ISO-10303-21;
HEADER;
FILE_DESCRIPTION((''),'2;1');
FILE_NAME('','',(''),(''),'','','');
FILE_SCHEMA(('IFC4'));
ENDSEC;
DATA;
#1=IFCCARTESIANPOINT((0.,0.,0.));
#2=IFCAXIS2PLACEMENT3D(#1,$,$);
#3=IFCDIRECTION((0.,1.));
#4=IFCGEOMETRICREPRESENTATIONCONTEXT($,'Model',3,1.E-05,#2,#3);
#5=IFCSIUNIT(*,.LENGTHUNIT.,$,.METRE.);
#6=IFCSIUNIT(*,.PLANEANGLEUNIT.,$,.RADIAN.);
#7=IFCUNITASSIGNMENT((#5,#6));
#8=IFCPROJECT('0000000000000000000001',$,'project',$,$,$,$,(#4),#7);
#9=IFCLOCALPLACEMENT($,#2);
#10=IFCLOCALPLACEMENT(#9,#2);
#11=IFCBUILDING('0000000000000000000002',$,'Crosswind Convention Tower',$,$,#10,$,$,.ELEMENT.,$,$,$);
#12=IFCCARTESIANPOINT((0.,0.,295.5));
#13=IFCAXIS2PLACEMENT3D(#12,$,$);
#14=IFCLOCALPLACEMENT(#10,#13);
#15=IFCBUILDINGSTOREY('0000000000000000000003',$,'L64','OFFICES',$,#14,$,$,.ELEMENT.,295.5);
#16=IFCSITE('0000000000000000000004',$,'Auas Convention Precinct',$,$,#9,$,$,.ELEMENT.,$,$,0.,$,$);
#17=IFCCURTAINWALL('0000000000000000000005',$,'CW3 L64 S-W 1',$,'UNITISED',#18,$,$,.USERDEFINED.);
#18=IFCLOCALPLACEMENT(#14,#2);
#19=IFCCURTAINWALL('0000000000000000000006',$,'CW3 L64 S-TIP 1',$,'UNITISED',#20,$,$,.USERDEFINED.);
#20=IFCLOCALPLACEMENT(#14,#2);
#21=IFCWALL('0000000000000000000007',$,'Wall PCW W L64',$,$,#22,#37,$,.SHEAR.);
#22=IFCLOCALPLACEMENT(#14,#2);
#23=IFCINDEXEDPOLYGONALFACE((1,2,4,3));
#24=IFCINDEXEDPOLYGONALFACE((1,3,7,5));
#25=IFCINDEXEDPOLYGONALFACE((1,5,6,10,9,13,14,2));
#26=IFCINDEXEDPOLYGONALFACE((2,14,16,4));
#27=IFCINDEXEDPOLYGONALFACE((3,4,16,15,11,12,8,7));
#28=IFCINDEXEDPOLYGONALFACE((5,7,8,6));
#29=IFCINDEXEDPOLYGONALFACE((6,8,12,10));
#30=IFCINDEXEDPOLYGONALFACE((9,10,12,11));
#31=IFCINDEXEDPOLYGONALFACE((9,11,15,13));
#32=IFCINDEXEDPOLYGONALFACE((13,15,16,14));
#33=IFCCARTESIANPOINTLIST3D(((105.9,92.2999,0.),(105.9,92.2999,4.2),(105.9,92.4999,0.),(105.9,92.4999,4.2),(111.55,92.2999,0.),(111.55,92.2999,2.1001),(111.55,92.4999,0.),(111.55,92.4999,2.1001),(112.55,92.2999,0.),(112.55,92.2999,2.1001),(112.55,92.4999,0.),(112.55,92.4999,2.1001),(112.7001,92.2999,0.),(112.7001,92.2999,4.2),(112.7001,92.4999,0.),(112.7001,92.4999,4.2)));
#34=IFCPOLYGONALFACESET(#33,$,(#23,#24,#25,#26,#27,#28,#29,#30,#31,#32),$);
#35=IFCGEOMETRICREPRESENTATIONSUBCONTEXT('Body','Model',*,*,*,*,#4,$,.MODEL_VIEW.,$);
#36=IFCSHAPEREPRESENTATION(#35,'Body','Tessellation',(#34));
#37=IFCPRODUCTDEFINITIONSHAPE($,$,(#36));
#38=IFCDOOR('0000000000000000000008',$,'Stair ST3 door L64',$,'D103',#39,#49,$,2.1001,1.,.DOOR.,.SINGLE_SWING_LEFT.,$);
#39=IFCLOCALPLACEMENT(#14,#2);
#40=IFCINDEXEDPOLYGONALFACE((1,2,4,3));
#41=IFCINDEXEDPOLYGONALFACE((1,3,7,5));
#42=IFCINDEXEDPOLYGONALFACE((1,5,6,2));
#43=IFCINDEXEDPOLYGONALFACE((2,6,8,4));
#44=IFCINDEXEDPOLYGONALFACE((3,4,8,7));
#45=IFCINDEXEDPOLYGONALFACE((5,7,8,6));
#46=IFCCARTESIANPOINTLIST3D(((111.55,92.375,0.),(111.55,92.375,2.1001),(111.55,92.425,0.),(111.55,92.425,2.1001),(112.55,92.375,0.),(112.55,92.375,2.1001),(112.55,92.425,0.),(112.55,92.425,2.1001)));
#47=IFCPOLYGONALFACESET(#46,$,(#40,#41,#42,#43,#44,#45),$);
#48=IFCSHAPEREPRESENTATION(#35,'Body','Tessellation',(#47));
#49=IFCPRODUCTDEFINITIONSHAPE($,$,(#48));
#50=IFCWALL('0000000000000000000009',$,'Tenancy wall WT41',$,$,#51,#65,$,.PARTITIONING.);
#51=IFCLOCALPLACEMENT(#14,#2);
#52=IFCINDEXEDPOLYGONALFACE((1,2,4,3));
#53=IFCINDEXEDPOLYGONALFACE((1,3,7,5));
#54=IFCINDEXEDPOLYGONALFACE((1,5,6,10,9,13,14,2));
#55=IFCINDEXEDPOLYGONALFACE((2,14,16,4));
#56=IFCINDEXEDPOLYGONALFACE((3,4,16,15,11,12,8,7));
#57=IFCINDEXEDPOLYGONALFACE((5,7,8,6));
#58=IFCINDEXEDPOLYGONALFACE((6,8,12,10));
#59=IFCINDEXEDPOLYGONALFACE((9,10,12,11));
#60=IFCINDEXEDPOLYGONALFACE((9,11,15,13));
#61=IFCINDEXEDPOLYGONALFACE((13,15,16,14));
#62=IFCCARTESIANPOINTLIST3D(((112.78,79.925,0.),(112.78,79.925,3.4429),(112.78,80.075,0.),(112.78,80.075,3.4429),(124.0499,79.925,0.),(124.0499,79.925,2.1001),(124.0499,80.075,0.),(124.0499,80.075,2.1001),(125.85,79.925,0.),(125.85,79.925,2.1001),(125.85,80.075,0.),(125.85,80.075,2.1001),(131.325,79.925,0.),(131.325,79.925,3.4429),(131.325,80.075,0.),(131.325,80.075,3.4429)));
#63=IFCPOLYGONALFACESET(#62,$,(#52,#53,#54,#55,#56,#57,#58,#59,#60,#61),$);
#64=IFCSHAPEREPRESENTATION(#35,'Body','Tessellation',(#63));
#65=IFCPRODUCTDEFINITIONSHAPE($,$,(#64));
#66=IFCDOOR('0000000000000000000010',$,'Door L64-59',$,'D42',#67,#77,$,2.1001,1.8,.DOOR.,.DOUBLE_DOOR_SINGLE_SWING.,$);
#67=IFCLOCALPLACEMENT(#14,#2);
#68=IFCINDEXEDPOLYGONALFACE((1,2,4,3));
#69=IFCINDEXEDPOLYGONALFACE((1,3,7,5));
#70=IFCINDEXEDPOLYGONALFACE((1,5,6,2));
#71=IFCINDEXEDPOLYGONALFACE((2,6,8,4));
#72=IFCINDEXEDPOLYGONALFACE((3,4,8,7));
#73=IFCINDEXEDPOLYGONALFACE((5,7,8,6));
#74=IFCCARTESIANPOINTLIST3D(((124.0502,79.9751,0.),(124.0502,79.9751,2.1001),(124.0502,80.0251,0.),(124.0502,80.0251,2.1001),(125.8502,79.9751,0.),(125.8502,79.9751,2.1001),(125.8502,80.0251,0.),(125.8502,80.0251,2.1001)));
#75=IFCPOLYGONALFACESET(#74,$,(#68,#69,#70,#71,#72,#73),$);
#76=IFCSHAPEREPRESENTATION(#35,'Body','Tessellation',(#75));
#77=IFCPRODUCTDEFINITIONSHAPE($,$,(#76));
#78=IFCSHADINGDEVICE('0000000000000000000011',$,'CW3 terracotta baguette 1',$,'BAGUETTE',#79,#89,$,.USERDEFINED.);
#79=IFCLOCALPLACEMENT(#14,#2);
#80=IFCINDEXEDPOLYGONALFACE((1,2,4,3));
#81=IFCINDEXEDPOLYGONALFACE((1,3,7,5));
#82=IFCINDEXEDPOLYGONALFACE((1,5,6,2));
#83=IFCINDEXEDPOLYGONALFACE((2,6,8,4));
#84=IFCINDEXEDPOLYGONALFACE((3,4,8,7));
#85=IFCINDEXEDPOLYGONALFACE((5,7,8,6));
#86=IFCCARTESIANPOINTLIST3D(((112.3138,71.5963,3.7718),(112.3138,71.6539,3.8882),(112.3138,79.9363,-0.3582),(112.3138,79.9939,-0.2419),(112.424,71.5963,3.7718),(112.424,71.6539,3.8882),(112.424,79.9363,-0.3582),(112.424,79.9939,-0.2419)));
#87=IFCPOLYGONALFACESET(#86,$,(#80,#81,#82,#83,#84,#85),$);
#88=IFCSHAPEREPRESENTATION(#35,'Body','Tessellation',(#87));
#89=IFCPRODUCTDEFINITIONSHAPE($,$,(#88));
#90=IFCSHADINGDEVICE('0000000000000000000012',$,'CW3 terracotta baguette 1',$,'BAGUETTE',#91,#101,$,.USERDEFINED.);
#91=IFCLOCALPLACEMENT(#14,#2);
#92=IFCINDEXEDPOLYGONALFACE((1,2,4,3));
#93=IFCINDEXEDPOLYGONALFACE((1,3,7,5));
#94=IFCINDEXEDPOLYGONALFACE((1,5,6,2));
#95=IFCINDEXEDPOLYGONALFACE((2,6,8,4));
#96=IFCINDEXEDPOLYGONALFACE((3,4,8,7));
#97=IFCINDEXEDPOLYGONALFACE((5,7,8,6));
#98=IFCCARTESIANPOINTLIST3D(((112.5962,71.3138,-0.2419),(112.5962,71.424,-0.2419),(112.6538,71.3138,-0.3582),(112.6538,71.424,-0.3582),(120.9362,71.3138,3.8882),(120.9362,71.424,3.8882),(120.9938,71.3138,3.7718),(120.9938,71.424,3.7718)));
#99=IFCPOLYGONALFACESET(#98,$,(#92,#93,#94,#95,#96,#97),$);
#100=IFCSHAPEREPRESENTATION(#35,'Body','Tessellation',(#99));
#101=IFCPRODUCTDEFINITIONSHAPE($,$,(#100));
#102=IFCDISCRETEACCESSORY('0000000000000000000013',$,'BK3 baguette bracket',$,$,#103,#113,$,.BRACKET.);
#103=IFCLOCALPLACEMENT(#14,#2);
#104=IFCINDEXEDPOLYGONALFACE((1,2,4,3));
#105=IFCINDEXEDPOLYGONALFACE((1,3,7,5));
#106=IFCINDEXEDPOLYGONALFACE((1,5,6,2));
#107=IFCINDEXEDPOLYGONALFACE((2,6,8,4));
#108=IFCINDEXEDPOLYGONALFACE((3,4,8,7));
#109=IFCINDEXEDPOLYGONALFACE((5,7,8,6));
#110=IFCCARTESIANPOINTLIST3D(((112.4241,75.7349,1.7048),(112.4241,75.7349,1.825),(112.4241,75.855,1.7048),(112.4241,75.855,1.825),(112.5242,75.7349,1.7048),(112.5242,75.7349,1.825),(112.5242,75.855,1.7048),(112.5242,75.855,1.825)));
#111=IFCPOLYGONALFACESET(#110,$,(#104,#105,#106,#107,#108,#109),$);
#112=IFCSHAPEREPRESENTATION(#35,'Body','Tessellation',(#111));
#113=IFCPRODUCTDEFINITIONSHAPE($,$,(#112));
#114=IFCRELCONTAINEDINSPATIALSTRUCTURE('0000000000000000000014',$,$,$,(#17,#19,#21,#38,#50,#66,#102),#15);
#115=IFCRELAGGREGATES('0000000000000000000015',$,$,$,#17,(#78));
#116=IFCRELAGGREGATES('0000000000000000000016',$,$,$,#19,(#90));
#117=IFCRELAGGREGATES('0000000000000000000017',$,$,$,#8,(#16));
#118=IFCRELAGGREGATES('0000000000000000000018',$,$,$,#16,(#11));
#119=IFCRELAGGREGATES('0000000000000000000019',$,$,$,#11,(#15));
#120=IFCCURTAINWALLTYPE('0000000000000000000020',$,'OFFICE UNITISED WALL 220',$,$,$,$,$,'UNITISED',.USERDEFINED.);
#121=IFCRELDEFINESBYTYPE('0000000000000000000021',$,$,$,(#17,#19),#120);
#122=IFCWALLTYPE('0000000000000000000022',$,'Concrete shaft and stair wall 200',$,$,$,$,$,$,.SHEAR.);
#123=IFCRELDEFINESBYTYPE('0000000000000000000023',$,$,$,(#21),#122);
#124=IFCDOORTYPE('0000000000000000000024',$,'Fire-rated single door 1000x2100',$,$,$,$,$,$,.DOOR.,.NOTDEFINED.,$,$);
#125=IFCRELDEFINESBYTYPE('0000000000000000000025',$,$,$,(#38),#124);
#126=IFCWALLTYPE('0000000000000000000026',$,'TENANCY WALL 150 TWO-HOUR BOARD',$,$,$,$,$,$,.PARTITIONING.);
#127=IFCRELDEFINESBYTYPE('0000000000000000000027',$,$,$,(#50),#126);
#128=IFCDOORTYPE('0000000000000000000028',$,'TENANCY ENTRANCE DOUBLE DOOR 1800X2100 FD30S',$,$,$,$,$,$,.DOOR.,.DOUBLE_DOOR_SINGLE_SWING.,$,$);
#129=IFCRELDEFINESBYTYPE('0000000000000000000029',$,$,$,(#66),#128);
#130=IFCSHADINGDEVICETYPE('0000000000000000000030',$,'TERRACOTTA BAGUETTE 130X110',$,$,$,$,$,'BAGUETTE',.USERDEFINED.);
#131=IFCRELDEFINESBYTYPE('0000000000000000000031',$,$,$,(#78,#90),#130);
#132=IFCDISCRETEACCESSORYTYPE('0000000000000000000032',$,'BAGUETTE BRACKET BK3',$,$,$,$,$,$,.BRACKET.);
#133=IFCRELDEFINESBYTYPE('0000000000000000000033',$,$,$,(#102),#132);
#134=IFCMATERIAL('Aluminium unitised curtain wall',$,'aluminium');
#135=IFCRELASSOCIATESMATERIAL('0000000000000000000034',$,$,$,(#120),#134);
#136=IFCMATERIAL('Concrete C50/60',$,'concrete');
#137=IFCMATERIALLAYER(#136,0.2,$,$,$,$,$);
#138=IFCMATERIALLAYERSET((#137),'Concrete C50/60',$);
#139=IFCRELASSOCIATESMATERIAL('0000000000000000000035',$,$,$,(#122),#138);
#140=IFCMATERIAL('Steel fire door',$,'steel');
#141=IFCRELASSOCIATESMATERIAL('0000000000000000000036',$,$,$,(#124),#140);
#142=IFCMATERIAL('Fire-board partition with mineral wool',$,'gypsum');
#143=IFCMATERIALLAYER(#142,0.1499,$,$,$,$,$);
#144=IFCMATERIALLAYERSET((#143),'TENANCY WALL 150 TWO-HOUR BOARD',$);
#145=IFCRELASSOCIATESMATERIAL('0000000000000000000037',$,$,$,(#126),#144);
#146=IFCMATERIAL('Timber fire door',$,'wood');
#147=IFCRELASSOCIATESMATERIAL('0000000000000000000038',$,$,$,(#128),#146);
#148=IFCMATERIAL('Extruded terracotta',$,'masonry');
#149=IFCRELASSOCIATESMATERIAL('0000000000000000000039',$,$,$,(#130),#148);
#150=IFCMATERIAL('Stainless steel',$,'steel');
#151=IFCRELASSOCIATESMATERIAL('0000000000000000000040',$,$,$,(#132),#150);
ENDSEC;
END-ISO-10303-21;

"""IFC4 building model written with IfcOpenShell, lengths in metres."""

from ifc_helpers import new_model, si_unit, direction, frame, frame_2d, origin, origin_2d, place, context, subcontext, project, spatial, rectangle, extrude, material, layer, layer_set, material_profile, profile_set, type_object, element, fill, aggregate, save


model = new_model("IFC4")

# Units and contexts
model_context = context("Model", 3, precision=1e-05, world=origin(), true_north=direction((0.0, 1.0)))
body_context = subcontext(model_context, "Body", "Model", "MODEL_VIEW")
ifc_project = project(units=[si_unit("LENGTHUNIT", "METRE"), si_unit("PLANEANGLEUNIT", "RADIAN")], contexts=[model_context])

# Site, building, storey
site_placement = place(None, origin())
site = spatial("IfcSite", under=ifc_project, at=site_placement, Name="Auas Convention Precinct", CompositionType="ELEMENT", RefElevation=0.0)
building_placement = place(site_placement, origin())
building = spatial("IfcBuilding", under=site, at=building_placement, Name="Crosswind Convention Tower", CompositionType="ELEMENT")
storey_placement = place(building_placement, frame((0.0, 0.0, 295.5)))
storey = spatial("IfcBuildingStorey", under=building, at=storey_placement, Name="L64", Description="OFFICES", CompositionType="ELEMENT", Elevation=295.5)

# Curtain wall
ifc_material_1 = material(Name="Aluminium unitised curtain wall", Category="aluminium")
curtain_wall_type_1 = type_object("IfcCurtainWallType", Name="OFFICE UNITISED WALL 220", ElementType="UNITISED", PredefinedType="USERDEFINED", material=ifc_material_1)
curtain_wall_1_placement = place(storey_placement, origin())
curtain_wall_1 = element("IfcCurtainWall", 1, at=curtain_wall_1_placement, inside=storey, type_object=curtain_wall_type_1, Name="CW3 L64 S-W 1", ObjectType="UNITISED", PredefinedType="USERDEFINED")

# Curtain wall
curtain_wall_2_placement = place(storey_placement, origin())
curtain_wall_2 = element("IfcCurtainWall", 2, at=curtain_wall_2_placement, inside=storey, type_object=curtain_wall_type_1, Name="CW3 L64 S-TIP 1", ObjectType="UNITISED", PredefinedType="USERDEFINED")

# Walls, openings, doors
ifc_material_2 = material(Name="Concrete C50/60", Category="concrete")
ifc_layer_1 = layer(ifc_material_2, 0.2)
ifc_layer_set_1 = layer_set([ifc_layer_1], Name="Concrete C50/60")
wall_type_1 = type_object("IfcWallType", Name="Concrete shaft and stair wall 200", PredefinedType="SHEAR", material=ifc_layer_set_1)
ifc_material_3 = material(Name="Steel fire door", Category="steel")
wall_1_placement = place(storey_placement, frame((112.7, 92.3999, 0.0), z_axis=(0.0, 0.0, 1.0), x_axis=(-1.0, 0.0, 0.0)))
wall_1 = element("IfcWall", 3, at=wall_1_placement, inside=storey, type_object=wall_type_1, Name="Wall PCW W L64", PredefinedType="SHEAR", context=body_context, shape_type="SweptSolid", body=[
    extrude(rectangle(XDim=6.8, YDim=0.2, at=frame_2d((3.3999, 0.0))), origin(), (0.0, 0.0, 1.0), 4.2),
])
opening_1_placement = place(wall_1_placement, frame((0.1499, 0.0, 0.0)))
opening_1 = element("IfcOpeningElement", 4, at=opening_1_placement, cuts=wall_1, PredefinedType="OPENING", context=body_context, shape_type="SweptSolid", body=[
    extrude(rectangle(XDim=1.0, YDim=2.1001, at=frame_2d((0.5, 1.05))), frame((0.0, 0.1099, 0.0), z_axis=(0.0, -1.0, 0.0), x_axis=(1.0, 0.0, 0.0)), (0.0, 0.0, 1.0), 0.22),
])
door_type_1 = type_object("IfcDoorType", Name="Fire-rated single door 1000x2100", OperationType="NOTDEFINED", PredefinedType="DOOR", material=ifc_material_3)
door_1_placement = place(opening_1_placement, origin())
door_1 = element("IfcDoor", 5, at=door_1_placement, inside=storey, type_object=door_type_1, Name="Stair ST3 door L64", ObjectType="D103", OperationType="SINGLE_SWING_LEFT", OverallHeight=2.1001, OverallWidth=1.0, PredefinedType="DOOR", context=body_context, shape_type="SweptSolid", body=[
    extrude(rectangle(XDim=1.0, YDim=2.1001, at=frame_2d((0.5, 1.05))), frame((0.0, 0.0249, 0.0), z_axis=(0.0, -1.0, 0.0), x_axis=(1.0, 0.0, 0.0)), (0.0, 0.0, 1.0), 0.05),
])
fill(opening_1, door_1)
ifc_material_4 = material(Name="Fire-board partition with mineral wool", Category="gypsum")
ifc_layer_2 = layer(ifc_material_4, 0.1499)
ifc_layer_set_2 = layer_set([ifc_layer_2], Name="TENANCY WALL 150 TWO-HOUR BOARD")
wall_type_2 = type_object("IfcWallType", Name="TENANCY WALL 150 TWO-HOUR BOARD", PredefinedType="PARTITIONING", material=ifc_layer_set_2)
wall_2_placement = place(storey_placement, frame((112.78, 80.0, 0.0), z_axis=(0.0, 0.0, 1.0), x_axis=(1.0, 0.0, 0.0)))
wall_2 = element("IfcWall", 6, at=wall_2_placement, inside=storey, type_object=wall_type_2, Name="Tenancy wall WT41", PredefinedType="PARTITIONING", context=body_context, shape_type="SweptSolid", body=[
    extrude(rectangle(XDim=18.5449, YDim=0.1499, at=frame_2d((9.2725, 0.0))), origin(), (0.0, 0.0, 1.0), 3.4429),
])
opening_2_placement = place(wall_2_placement, frame((11.27, 0.0, 0.0)))
opening_2 = element("IfcOpeningElement", 7, at=opening_2_placement, cuts=wall_2, PredefinedType="OPENING", context=body_context, shape_type="SweptSolid", body=[
    extrude(rectangle(XDim=1.8, YDim=2.1001, at=frame_2d((0.8999, 1.05))), frame((0.0, 0.085, 0.0), z_axis=(0.0, -1.0, 0.0), x_axis=(1.0, 0.0, 0.0)), (0.0, 0.0, 1.0), 0.1699),
])
ifc_material_5 = material(Name="Timber fire door", Category="wood")
door_type_2 = type_object("IfcDoorType", Name="TENANCY ENTRANCE DOUBLE DOOR 1800X2100 FD30S", OperationType="DOUBLE_DOOR_SINGLE_SWING", PredefinedType="DOOR", material=ifc_material_5)
door_2_placement = place(opening_2_placement, frame((1.8, 0.0, 0.0), z_axis=(0.0, 0.0, 1.0), x_axis=(-1.0, 0.0, 0.0)))
door_2 = element("IfcDoor", 8, at=door_2_placement, inside=storey, type_object=door_type_2, Name="Door L64-59", ObjectType="D42", OperationType="DOUBLE_DOOR_SINGLE_SWING", OverallHeight=2.1001, OverallWidth=1.8, PredefinedType="DOOR", context=body_context, shape_type="SweptSolid", body=[
    extrude(rectangle(XDim=1.8, YDim=2.1001, at=frame_2d((0.8999, 1.05))), frame((0.0, 0.0249, 0.0), z_axis=(0.0, -1.0, 0.0), x_axis=(1.0, 0.0, 0.0)), (0.0, 0.0, 1.0), 0.05),
])
fill(opening_2, door_2)

# Shading devices
ifc_material_6 = material(Name="Extruded terracotta", Category="masonry")
ifc_material_profile_1 = material_profile(ifc_material_6, rectangle(XDim=0.1101, YDim=0.1299, at=origin_2d()), Name="TC 110X130")
ifc_profile_set_1 = profile_set([ifc_material_profile_1], Name="Extruded terracotta")
shading_device_type = type_object("IfcShadingDeviceType", Name="TERRACOTTA BAGUETTE 130X110", ElementType="BAGUETTE", PredefinedType="USERDEFINED", material=ifc_profile_set_1)
shading_device_1_placement = place(storey_placement, frame((112.3689, 79.9651, -0.3), z_axis=(0.0, -0.896136, 0.443779), x_axis=(1.0, 0.0, 0.0)))
shading_device_1 = element("IfcShadingDevice", 9, at=shading_device_1_placement, type_object=shading_device_type, Name="CW3 terracotta baguette 1", ObjectType="BAGUETTE", PredefinedType="USERDEFINED", context=body_context, shape_type="SweptSolid", body=[
    extrude(rectangle(XDim=0.1101, YDim=0.1299, at=origin_2d()), origin(), (0.0, 0.0, 1.0), 9.3066),
])
aggregate(curtain_wall_1, [shading_device_1])
shading_device_2_placement = place(storey_placement, frame((112.625, 71.3689, -0.3), z_axis=(0.896136, 0.0, 0.443779), x_axis=(0.0, 1.0, 0.0)))
shading_device_2 = element("IfcShadingDevice", 10, at=shading_device_2_placement, type_object=shading_device_type, Name="CW3 terracotta baguette 1", ObjectType="BAGUETTE", PredefinedType="USERDEFINED", context=body_context, shape_type="SweptSolid", body=[
    extrude(rectangle(XDim=0.1101, YDim=0.1299, at=origin_2d()), origin(), (0.0, 0.0, 1.0), 9.3066),
])
aggregate(curtain_wall_2, [shading_device_2])

# Discrete accessory
ifc_material_7 = material(Name="Stainless steel", Category="steel")
discrete_accessory_type = type_object("IfcDiscreteAccessoryType", Name="BAGUETTE BRACKET BK3", PredefinedType="BRACKET", material=ifc_material_7)
discrete_accessory_placement = place(storey_placement, frame((112.4741, 75.7949, 1.7048), z_axis=(0.0, 0.0, 1.0), x_axis=(0.0, -1.0, 0.0)))
element("IfcDiscreteAccessory", 11, at=discrete_accessory_placement, inside=storey, type_object=discrete_accessory_type, Name="BK3 baguette bracket", PredefinedType="BRACKET", context=body_context, shape_type="SweptSolid", body=[
    extrude(rectangle(XDim=0.1201, YDim=0.1001, at=origin_2d()), origin(), (0.0, 0.0, 1.0), 0.1201),
])

save(model, "model.ifc")
